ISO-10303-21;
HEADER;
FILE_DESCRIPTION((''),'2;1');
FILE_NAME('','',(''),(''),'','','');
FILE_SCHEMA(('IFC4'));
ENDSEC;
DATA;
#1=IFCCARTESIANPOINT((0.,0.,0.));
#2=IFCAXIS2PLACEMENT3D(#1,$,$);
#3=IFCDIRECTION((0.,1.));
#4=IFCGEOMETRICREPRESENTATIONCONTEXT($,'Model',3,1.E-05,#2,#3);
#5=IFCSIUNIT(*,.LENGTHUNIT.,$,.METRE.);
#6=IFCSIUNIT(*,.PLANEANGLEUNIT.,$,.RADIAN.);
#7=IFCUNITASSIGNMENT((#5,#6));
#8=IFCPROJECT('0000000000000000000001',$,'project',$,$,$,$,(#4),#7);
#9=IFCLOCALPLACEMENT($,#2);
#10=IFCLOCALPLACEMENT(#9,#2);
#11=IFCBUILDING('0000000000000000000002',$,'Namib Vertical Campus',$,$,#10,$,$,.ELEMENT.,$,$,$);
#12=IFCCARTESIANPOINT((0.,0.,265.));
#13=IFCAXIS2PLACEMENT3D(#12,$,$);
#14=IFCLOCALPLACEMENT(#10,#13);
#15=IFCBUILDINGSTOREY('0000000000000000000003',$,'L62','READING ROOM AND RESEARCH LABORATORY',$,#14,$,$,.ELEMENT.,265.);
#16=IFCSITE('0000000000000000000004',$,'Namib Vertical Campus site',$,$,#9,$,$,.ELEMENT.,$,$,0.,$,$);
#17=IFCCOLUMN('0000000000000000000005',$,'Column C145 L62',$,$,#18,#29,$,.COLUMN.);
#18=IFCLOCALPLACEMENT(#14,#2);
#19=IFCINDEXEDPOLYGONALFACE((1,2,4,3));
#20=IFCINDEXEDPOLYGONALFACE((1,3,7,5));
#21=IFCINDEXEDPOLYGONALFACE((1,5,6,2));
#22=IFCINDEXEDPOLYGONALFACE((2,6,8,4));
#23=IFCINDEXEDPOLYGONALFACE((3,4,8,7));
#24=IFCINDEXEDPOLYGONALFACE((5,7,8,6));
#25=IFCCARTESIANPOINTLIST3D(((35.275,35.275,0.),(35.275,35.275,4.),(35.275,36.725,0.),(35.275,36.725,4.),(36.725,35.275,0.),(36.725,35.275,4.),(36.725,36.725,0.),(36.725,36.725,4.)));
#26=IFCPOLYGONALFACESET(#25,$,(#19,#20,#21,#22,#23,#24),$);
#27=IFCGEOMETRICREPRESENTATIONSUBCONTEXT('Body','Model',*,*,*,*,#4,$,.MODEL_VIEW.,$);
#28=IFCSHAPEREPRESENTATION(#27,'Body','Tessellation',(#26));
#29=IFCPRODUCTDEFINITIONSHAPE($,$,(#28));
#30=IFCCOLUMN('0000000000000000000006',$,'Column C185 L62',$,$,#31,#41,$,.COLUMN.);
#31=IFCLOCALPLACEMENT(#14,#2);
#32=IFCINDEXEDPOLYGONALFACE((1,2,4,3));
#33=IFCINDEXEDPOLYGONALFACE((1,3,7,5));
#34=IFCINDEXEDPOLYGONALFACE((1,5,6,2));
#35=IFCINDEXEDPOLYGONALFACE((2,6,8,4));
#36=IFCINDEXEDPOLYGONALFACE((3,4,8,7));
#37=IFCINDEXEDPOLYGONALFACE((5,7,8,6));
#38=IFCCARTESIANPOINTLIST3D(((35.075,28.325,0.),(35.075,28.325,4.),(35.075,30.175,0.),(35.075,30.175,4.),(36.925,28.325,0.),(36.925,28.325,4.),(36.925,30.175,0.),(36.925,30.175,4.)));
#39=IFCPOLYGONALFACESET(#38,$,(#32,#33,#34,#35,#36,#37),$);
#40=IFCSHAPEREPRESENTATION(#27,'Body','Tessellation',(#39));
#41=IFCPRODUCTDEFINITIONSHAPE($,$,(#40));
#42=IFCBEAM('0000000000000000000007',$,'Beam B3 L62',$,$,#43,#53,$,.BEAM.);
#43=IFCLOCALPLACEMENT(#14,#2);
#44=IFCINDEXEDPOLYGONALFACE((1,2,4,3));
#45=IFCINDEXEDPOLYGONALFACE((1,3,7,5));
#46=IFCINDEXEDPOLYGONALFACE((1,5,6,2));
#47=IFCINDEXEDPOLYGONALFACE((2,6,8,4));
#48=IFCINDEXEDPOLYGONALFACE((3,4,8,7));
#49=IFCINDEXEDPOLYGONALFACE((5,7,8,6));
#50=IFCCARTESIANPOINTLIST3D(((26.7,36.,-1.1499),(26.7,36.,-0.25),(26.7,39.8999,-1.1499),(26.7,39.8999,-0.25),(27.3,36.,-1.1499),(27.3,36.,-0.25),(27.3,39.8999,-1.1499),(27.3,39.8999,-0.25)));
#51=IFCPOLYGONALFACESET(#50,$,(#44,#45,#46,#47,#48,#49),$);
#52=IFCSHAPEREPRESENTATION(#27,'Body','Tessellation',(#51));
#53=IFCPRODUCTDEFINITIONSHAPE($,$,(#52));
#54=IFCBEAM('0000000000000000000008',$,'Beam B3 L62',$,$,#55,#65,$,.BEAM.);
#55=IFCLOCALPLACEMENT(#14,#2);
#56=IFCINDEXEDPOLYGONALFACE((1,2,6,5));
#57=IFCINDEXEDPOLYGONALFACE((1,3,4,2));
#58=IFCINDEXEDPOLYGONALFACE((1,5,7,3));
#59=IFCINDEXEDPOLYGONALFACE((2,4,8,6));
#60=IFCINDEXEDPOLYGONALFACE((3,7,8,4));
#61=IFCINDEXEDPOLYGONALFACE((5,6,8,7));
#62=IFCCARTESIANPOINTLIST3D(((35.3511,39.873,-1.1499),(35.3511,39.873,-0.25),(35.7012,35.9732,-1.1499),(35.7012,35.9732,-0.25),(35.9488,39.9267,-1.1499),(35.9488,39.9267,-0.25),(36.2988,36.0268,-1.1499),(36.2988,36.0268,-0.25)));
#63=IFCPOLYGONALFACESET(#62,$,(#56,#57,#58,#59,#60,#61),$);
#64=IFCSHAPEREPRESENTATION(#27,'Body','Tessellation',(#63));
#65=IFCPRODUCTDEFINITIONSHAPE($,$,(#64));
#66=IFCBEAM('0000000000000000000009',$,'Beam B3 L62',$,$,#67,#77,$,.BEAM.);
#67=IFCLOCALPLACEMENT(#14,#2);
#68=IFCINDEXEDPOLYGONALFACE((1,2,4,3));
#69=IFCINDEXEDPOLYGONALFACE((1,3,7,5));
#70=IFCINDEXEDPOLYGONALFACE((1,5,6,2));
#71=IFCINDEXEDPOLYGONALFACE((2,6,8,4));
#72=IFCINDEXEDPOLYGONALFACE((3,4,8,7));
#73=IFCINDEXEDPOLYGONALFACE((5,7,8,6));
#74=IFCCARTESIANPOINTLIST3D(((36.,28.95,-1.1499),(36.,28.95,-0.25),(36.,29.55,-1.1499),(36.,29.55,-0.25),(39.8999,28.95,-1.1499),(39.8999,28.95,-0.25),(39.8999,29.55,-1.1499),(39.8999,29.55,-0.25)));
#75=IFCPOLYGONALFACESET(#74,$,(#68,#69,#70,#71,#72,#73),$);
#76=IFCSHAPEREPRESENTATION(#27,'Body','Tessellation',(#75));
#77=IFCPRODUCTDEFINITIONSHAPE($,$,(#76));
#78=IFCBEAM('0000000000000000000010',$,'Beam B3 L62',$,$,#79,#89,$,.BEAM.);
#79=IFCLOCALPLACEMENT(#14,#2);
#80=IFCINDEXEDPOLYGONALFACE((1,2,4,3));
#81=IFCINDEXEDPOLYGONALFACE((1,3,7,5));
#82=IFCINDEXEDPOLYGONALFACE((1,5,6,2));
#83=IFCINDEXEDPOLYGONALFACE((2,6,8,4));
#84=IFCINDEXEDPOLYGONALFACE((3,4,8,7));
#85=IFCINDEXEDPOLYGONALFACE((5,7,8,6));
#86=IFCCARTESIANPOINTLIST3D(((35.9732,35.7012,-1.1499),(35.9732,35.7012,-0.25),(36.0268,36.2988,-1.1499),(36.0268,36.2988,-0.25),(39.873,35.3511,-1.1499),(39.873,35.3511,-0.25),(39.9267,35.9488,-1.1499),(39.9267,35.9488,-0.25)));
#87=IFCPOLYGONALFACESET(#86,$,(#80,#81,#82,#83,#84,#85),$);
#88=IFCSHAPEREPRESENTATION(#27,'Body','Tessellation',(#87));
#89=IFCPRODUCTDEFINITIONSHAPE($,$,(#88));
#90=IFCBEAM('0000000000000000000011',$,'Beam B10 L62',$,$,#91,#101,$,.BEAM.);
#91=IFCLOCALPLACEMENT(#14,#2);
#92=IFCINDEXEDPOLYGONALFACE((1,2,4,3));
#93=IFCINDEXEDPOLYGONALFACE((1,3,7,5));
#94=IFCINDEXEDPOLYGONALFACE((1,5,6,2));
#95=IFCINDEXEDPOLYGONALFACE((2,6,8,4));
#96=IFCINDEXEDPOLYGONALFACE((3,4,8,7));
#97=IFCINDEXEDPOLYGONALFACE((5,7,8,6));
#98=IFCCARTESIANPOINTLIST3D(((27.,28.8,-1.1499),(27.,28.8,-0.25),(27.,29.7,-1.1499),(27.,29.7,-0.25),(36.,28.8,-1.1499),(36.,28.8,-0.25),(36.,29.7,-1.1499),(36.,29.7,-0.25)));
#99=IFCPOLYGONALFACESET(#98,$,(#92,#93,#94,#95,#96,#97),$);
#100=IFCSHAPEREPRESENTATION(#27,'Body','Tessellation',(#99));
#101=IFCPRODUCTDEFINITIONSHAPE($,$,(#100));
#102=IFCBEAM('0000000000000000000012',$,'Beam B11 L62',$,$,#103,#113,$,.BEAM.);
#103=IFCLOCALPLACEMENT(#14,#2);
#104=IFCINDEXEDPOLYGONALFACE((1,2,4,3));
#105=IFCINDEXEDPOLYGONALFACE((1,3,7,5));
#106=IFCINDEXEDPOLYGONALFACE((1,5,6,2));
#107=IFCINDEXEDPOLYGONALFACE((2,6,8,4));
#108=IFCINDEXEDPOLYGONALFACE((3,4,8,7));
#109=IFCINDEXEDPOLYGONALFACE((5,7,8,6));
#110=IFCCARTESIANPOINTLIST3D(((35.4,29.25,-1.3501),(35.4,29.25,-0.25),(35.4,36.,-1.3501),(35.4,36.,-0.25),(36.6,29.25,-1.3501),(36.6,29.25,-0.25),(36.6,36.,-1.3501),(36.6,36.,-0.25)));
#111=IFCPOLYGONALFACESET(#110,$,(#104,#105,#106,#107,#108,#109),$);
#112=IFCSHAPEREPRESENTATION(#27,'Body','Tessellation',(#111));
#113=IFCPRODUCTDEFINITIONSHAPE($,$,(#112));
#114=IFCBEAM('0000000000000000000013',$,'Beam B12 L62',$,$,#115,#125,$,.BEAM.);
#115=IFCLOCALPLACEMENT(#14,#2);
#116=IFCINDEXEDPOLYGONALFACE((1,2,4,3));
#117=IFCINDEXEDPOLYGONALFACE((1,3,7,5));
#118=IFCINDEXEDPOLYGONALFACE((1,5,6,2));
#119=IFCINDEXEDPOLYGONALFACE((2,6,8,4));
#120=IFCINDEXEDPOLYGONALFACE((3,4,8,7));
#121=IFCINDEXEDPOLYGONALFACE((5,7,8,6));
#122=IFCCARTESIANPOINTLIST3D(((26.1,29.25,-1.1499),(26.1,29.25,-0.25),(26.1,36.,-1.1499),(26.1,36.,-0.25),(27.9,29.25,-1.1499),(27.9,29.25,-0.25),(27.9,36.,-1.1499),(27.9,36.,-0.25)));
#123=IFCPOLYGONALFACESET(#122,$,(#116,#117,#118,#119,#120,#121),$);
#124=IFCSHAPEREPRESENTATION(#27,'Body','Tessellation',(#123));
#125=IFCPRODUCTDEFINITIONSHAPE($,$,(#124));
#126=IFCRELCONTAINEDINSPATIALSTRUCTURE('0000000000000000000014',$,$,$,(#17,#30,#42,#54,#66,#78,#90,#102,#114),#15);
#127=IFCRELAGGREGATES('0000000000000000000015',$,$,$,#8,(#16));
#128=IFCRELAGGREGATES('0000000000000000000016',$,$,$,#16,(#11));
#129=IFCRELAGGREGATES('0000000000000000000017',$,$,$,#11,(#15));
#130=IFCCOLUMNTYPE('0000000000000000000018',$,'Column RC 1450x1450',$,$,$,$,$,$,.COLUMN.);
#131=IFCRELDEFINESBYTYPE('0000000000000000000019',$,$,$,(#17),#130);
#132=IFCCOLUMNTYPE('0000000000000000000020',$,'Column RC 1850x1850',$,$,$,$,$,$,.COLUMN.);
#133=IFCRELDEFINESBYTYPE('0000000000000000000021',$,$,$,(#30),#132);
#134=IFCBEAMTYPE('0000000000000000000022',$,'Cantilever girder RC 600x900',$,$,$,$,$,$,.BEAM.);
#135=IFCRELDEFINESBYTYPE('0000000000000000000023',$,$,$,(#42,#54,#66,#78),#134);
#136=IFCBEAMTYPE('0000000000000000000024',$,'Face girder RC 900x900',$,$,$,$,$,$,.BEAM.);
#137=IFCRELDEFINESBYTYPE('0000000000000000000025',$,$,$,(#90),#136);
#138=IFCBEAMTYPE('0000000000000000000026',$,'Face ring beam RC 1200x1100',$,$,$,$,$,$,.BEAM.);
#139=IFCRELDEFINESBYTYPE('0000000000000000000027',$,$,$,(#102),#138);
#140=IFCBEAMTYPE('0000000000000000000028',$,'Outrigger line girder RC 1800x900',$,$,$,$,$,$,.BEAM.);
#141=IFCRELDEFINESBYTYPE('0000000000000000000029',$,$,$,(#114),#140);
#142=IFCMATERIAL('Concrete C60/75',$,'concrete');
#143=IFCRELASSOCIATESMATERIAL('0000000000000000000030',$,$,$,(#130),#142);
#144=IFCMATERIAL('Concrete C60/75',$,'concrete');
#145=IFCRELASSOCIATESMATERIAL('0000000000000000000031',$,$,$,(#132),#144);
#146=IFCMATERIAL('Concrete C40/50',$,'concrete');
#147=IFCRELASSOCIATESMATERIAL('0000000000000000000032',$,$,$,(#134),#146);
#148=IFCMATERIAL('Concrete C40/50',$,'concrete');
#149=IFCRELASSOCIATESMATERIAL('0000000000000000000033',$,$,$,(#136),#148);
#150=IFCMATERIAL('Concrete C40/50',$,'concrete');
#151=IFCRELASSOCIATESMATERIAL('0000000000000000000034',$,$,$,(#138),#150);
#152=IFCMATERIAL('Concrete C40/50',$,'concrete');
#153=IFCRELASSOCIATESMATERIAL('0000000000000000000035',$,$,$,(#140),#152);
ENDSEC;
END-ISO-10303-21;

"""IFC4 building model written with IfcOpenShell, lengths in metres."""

from ifc_helpers import new_model, si_unit, direction, frame, origin, origin_2d, place, context, subcontext, project, spatial, rectangle, extrude, material, material_profile, profile_set, type_object, element, save


model = new_model("IFC4")

# Units and contexts
model_context = context("Model", 3, precision=1e-05, world=origin(), true_north=direction((0.0, 1.0)))
body_context = subcontext(model_context, "Body", "Model", "MODEL_VIEW")
ifc_project = project(units=[si_unit("LENGTHUNIT", "METRE"), si_unit("PLANEANGLEUNIT", "RADIAN")], contexts=[model_context])

# Site, building, storey
site_placement = place(None, origin())
site = spatial("IfcSite", under=ifc_project, at=site_placement, Name="Namib Vertical Campus site", CompositionType="ELEMENT", RefElevation=0.0)
building_placement = place(site_placement, origin())
building = spatial("IfcBuilding", under=site, at=building_placement, Name="Namib Vertical Campus", CompositionType="ELEMENT")
storey_placement = place(building_placement, frame((0.0, 0.0, 265.0)))
storey = spatial("IfcBuildingStorey", under=building, at=storey_placement, Name="L62", Description="READING ROOM AND RESEARCH LABORATORY", CompositionType="ELEMENT", Elevation=265.0)

# Columns
ifc_material_1 = material(Name="Concrete C60/75", Category="concrete")
ifc_material_profile_1 = material_profile(ifc_material_1, rectangle(XDim=1.45, YDim=1.45, at=origin_2d()))
ifc_profile_set_1 = profile_set([ifc_material_profile_1], Name="Concrete C60/75")
column_type_1 = type_object("IfcColumnType", Name="Column RC 1450x1450", PredefinedType="COLUMN", material=ifc_profile_set_1)
column_1_placement = place(storey_placement, frame((36.0, 36.0, 0.0), z_axis=(0.0, 0.0, 1.0), x_axis=(1.0, 0.0, 0.0)))
element("IfcColumn", 1, at=column_1_placement, inside=storey, type_object=column_type_1, Name="Column C145 L62", PredefinedType="COLUMN", context=body_context, shape_type="SweptSolid", body=[
    extrude(rectangle(XDim=1.45, YDim=1.45, at=origin_2d()), origin(), (0.0, 0.0, 1.0), 4.0),
])
ifc_material_2 = material(Name="Concrete C60/75", Category="concrete")
ifc_material_profile_2 = material_profile(ifc_material_2, rectangle(XDim=1.8501, YDim=1.8501, at=origin_2d()))
ifc_profile_set_2 = profile_set([ifc_material_profile_2], Name="Concrete C60/75")
column_type_2 = type_object("IfcColumnType", Name="Column RC 1850x1850", PredefinedType="COLUMN", material=ifc_profile_set_2)
column_2_placement = place(storey_placement, frame((36.0, 29.25, 0.0), z_axis=(0.0, 0.0, 1.0), x_axis=(1.0, 0.0, 0.0)))
element("IfcColumn", 2, at=column_2_placement, inside=storey, type_object=column_type_2, Name="Column C185 L62", PredefinedType="COLUMN", context=body_context, shape_type="SweptSolid", body=[
    extrude(rectangle(XDim=1.8501, YDim=1.8501, at=origin_2d()), origin(), (0.0, 0.0, 1.0), 4.0),
])

# Beams
ifc_material_3 = material(Name="Concrete C40/50", Category="concrete")
ifc_material_profile_3 = material_profile(ifc_material_3, rectangle(XDim=0.6001, YDim=0.8999, at=origin_2d()))
ifc_profile_set_3 = profile_set([ifc_material_profile_3], Name="Concrete C40/50")
beam_type_1 = type_object("IfcBeamType", Name="Cantilever girder RC 600x900", PredefinedType="BEAM", material=ifc_profile_set_3)
beam_1_placement = place(storey_placement, frame((27.0, 36.0, -0.7), z_axis=(0.0, 1.0, 0.0), x_axis=(-1.0, 0.0, 0.0)))
element("IfcBeam", 3, at=beam_1_placement, inside=storey, type_object=beam_type_1, Name="Beam B3 L62", PredefinedType="BEAM", context=body_context, shape_type="SweptSolid", body=[
    extrude(rectangle(XDim=0.6001, YDim=0.8999, at=origin_2d()), origin(), (0.0, 0.0, 1.0), 3.8999),
])
beam_2_placement = place(storey_placement, frame((36.0, 36.0, -0.7), z_axis=(-0.089411, 0.995995, 0.0), x_axis=(-0.995995, -0.089411, 0.0)))
element("IfcBeam", 4, at=beam_2_placement, inside=storey, type_object=beam_type_1, Name="Beam B3 L62", PredefinedType="BEAM", context=body_context, shape_type="SweptSolid", body=[
    extrude(rectangle(XDim=0.6001, YDim=0.8999, at=origin_2d()), origin(), (0.0, 0.0, 1.0), 3.9155),
])
beam_3_placement = place(storey_placement, frame((36.0, 29.25, -0.7), z_axis=(1.0, 0.0, 0.0), x_axis=(0.0, 1.0, 0.0)))
element("IfcBeam", 5, at=beam_3_placement, inside=storey, type_object=beam_type_1, Name="Beam B3 L62", PredefinedType="BEAM", context=body_context, shape_type="SweptSolid", body=[
    extrude(rectangle(XDim=0.6001, YDim=0.8999, at=origin_2d()), origin(), (0.0, 0.0, 1.0), 3.8999),
])
beam_4_placement = place(storey_placement, frame((36.0, 36.0, -0.7), z_axis=(0.995995, -0.089411, 0.0), x_axis=(0.089411, 0.995995, 0.0)))
element("IfcBeam", 6, at=beam_4_placement, inside=storey, type_object=beam_type_1, Name="Beam B3 L62", PredefinedType="BEAM", context=body_context, shape_type="SweptSolid", body=[
    extrude(rectangle(XDim=0.6001, YDim=0.8999, at=origin_2d()), origin(), (0.0, 0.0, 1.0), 3.9155),
])
ifc_material_4 = material(Name="Concrete C40/50", Category="concrete")
ifc_material_profile_4 = material_profile(ifc_material_4, rectangle(XDim=0.8999, YDim=0.8999, at=origin_2d()))
ifc_profile_set_4 = profile_set([ifc_material_profile_4], Name="Concrete C40/50")
beam_type_2 = type_object("IfcBeamType", Name="Face girder RC 900x900", PredefinedType="BEAM", material=ifc_profile_set_4)
beam_5_placement = place(storey_placement, frame((36.0, 29.25, -0.7), z_axis=(-1.0, 0.0, 0.0), x_axis=(0.0, -1.0, 0.0)))
element("IfcBeam", 7, at=beam_5_placement, inside=storey, type_object=beam_type_2, Name="Beam B10 L62", PredefinedType="BEAM", context=body_context, shape_type="SweptSolid", body=[
    extrude(rectangle(XDim=0.8999, YDim=0.8999, at=origin_2d()), origin(), (0.0, 0.0, 1.0), 9.0),
])
ifc_material_5 = material(Name="Concrete C40/50", Category="concrete")
ifc_material_profile_5 = material_profile(ifc_material_5, rectangle(XDim=1.2, YDim=1.1001, at=origin_2d()))
ifc_profile_set_5 = profile_set([ifc_material_profile_5], Name="Concrete C40/50")
beam_type_3 = type_object("IfcBeamType", Name="Face ring beam RC 1200x1100", PredefinedType="BEAM", material=ifc_profile_set_5)
beam_6_placement = place(storey_placement, frame((36.0, 29.25, -0.8), z_axis=(0.0, 1.0, 0.0), x_axis=(-1.0, 0.0, 0.0)))
element("IfcBeam", 8, at=beam_6_placement, inside=storey, type_object=beam_type_3, Name="Beam B11 L62", PredefinedType="BEAM", context=body_context, shape_type="SweptSolid", body=[
    extrude(rectangle(XDim=1.2, YDim=1.1001, at=origin_2d()), origin(), (0.0, 0.0, 1.0), 6.75),
])
ifc_material_6 = material(Name="Concrete C40/50", Category="concrete")
ifc_material_profile_6 = material_profile(ifc_material_6, rectangle(XDim=1.8, YDim=0.8999, at=origin_2d()))
ifc_profile_set_6 = profile_set([ifc_material_profile_6], Name="Concrete C40/50")
beam_type_4 = type_object("IfcBeamType", Name="Outrigger line girder RC 1800x900", PredefinedType="BEAM", material=ifc_profile_set_6)
beam_7_placement = place(storey_placement, frame((27.0, 36.0, -0.7), z_axis=(0.0, -1.0, 0.0), x_axis=(1.0, 0.0, 0.0)))
element("IfcBeam", 9, at=beam_7_placement, inside=storey, type_object=beam_type_4, Name="Beam B12 L62", PredefinedType="BEAM", context=body_context, shape_type="SweptSolid", body=[
    extrude(rectangle(XDim=1.8, YDim=0.8999, at=origin_2d()), origin(), (0.0, 0.0, 1.0), 6.75),
])

save(model, "model.ifc")
